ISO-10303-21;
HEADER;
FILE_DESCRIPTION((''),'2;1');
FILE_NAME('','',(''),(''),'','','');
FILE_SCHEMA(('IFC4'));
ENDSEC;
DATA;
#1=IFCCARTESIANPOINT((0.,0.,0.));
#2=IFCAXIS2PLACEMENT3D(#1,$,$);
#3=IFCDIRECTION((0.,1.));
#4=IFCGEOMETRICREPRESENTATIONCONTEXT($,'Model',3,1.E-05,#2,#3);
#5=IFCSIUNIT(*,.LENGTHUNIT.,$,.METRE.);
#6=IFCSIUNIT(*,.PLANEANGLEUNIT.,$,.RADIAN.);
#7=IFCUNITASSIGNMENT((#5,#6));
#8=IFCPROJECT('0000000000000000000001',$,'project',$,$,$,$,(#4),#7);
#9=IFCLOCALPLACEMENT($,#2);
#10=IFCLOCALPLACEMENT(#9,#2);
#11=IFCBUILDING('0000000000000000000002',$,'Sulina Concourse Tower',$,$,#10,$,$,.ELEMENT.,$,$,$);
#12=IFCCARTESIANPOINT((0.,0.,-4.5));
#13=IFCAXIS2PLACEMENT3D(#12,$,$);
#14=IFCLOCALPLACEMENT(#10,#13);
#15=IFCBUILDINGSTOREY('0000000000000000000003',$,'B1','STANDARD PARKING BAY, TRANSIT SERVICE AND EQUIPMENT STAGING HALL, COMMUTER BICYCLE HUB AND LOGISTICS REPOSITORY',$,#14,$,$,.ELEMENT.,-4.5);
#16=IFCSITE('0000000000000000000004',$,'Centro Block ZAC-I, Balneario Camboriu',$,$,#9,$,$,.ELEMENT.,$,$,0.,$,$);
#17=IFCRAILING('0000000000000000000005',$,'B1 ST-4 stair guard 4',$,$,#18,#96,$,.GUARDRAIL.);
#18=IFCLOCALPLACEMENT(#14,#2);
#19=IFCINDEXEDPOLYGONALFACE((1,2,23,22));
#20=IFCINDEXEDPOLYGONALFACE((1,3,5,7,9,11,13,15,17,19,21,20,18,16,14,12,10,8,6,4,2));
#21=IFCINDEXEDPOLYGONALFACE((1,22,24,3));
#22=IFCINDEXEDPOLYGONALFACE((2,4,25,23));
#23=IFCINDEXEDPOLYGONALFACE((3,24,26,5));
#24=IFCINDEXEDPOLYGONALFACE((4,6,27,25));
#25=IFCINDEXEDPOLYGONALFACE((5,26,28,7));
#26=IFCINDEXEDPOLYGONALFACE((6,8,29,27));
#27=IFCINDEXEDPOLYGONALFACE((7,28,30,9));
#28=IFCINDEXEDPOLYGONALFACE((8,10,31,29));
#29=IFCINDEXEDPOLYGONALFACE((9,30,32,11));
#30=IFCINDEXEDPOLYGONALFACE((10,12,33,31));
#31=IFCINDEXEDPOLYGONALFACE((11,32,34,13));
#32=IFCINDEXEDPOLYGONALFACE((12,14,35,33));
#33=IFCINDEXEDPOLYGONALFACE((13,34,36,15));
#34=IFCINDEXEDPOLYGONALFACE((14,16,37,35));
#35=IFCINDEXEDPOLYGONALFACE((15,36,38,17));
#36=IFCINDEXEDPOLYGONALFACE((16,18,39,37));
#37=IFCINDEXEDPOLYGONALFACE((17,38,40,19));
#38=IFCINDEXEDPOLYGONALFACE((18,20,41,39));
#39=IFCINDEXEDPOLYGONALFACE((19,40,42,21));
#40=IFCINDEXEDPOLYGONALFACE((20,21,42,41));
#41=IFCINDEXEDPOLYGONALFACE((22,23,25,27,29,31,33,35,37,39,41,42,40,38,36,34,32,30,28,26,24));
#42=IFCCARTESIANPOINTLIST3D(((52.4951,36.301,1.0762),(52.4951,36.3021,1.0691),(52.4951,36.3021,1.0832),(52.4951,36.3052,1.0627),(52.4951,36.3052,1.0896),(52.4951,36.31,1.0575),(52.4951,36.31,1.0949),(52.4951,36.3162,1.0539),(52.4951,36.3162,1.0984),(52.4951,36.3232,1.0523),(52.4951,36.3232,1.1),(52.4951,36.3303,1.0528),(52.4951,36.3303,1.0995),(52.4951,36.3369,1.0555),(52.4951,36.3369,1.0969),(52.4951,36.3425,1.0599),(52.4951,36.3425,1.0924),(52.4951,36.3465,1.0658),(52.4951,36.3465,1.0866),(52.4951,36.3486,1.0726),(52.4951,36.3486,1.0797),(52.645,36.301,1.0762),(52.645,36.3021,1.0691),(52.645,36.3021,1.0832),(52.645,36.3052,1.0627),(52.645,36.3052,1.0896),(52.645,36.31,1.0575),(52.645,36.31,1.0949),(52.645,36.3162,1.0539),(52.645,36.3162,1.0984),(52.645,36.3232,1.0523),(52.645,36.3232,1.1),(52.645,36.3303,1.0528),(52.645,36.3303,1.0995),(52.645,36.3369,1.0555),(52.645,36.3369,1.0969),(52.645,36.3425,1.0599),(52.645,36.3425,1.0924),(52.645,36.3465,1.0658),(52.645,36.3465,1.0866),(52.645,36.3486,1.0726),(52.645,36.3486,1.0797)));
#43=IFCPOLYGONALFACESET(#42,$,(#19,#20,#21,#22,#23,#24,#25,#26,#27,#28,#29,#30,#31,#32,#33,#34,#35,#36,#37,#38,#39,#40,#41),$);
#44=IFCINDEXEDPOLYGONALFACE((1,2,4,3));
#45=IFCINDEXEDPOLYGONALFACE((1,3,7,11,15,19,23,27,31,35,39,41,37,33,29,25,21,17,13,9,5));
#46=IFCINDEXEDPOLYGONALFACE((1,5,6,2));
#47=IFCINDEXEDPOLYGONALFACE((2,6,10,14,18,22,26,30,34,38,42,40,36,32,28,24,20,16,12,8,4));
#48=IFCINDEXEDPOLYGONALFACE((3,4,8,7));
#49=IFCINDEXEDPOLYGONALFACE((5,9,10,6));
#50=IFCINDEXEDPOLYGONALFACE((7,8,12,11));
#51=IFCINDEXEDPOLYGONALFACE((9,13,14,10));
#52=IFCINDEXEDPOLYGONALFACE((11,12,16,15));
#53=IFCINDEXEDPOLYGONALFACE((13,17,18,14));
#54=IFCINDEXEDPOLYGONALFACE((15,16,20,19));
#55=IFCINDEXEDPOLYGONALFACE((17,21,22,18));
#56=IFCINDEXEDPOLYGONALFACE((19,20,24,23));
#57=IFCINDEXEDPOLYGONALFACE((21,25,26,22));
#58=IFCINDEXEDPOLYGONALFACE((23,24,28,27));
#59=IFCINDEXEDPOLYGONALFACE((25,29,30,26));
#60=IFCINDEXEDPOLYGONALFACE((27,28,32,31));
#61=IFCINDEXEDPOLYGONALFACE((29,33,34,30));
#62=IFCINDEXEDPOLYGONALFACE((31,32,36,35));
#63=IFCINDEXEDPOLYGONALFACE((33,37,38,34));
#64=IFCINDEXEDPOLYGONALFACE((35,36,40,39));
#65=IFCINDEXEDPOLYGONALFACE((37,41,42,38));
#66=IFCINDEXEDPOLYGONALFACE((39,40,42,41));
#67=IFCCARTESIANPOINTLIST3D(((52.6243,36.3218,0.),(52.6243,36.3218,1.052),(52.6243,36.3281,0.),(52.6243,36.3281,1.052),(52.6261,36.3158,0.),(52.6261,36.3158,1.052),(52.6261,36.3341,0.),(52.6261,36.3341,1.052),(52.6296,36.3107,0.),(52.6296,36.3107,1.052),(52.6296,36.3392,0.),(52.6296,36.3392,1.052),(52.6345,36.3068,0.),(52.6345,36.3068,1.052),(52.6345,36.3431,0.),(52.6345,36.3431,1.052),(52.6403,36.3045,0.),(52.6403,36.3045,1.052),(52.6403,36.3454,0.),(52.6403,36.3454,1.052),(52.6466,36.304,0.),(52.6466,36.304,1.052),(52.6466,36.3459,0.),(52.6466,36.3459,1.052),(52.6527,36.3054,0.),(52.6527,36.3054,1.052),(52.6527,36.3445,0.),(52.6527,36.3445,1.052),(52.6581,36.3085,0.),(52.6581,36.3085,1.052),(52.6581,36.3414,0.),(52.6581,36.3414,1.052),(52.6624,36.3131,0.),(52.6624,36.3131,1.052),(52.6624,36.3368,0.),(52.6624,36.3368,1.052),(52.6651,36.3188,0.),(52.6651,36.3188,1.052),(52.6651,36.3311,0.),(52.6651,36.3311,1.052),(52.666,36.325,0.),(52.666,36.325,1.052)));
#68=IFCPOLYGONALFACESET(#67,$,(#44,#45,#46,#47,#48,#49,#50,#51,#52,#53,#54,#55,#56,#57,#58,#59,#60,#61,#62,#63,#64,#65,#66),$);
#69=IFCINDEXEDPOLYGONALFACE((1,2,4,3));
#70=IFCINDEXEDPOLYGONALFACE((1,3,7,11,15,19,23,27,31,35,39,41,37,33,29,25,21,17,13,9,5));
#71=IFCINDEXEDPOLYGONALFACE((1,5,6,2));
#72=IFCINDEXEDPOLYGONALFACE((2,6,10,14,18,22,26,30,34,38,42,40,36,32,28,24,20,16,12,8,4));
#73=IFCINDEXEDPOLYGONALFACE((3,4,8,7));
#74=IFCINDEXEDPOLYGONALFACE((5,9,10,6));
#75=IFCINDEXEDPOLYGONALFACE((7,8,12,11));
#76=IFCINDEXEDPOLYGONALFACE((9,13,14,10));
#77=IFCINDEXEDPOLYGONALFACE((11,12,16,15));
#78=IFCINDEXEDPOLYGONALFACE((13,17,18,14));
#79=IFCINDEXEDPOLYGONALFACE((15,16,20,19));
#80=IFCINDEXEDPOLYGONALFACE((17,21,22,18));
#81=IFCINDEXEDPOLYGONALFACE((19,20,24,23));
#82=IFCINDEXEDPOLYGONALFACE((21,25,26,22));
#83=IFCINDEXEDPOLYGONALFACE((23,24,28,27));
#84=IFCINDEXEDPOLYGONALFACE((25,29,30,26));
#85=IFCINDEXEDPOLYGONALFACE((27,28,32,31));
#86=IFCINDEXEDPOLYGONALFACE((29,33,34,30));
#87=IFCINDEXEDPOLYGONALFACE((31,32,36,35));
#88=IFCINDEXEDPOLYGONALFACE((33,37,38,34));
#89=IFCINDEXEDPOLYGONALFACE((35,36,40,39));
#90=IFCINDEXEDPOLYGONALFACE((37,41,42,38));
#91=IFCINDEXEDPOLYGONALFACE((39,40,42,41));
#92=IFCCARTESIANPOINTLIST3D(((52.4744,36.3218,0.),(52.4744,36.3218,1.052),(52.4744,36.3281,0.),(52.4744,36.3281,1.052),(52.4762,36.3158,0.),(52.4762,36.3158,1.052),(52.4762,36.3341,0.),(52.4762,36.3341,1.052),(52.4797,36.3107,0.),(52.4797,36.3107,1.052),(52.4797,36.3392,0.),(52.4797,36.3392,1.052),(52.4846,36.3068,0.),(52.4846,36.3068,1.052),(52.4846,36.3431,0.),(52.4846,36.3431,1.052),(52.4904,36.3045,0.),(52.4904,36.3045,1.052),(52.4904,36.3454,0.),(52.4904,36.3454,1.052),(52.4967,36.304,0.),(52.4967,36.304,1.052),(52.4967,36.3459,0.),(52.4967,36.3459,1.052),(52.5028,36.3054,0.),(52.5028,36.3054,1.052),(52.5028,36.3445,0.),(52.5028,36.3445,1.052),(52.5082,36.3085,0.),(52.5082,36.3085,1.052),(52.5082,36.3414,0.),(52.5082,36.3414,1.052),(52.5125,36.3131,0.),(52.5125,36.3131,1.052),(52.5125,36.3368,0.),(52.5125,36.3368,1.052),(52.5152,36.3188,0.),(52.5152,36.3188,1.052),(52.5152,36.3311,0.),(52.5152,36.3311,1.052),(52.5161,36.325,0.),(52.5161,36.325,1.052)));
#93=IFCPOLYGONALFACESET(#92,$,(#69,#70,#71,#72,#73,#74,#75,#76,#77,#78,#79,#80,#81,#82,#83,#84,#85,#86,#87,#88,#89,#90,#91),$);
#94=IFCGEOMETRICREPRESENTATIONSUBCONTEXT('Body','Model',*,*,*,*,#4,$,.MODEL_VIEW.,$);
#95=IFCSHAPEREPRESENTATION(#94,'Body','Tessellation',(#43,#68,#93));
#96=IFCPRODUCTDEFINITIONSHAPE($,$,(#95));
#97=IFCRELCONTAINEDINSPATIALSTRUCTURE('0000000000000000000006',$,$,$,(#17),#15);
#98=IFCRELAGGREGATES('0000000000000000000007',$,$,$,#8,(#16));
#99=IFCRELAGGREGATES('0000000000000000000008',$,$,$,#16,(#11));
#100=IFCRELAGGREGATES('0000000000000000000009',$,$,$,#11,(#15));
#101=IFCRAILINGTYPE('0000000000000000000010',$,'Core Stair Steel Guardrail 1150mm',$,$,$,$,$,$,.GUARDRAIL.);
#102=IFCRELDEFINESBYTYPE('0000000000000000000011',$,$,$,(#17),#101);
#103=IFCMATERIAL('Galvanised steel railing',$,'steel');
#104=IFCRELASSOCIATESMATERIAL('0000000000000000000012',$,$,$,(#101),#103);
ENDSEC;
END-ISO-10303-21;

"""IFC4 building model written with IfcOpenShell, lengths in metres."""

from ifc_helpers import new_model, si_unit, direction, frame, origin, origin_2d, place, context, subcontext, project, spatial, circle, extrude, material, type_object, element, save


model = new_model("IFC4")

# Units and contexts
model_context = context("Model", 3, precision=1e-05, world=origin(), true_north=direction((0.0, 1.0)))
body_context = subcontext(model_context, "Body", "Model", "MODEL_VIEW")
ifc_project = project(units=[si_unit("LENGTHUNIT", "METRE"), si_unit("PLANEANGLEUNIT", "RADIAN")], contexts=[model_context])

# Site, building, storey
site_placement = place(None, origin())
site = spatial("IfcSite", under=ifc_project, at=site_placement, Name="Centro Block ZAC-I, Balneario Camboriu", CompositionType="ELEMENT", RefElevation=0.0)
building_placement = place(site_placement, origin())
building = spatial("IfcBuilding", under=site, at=building_placement, Name="Sulina Concourse Tower", CompositionType="ELEMENT")
storey_placement = place(building_placement, frame((0.0, 0.0, -4.5)))
storey = spatial("IfcBuildingStorey", under=building, at=storey_placement, Name="B1", Description="STANDARD PARKING BAY, TRANSIT SERVICE AND EQUIPMENT STAGING HALL, COMMUTER BICYCLE HUB AND LOGISTICS REPOSITORY", CompositionType="ELEMENT", Elevation=-4.5)

# Railing
ifc_material_1 = material(Name="Galvanised steel railing", Category="steel")
railing_type_1 = type_object("IfcRailingType", Name="Core Stair Steel Guardrail 1150mm", PredefinedType="GUARDRAIL", material=ifc_material_1)
railing_1_placement = place(storey_placement, frame((52.645, 36.325, 0.0)))
element("IfcRailing", 1, at=railing_1_placement, inside=storey, type_object=railing_type_1, Name="B1 ST-4 stair guard 4", PredefinedType="GUARDRAIL", context=body_context, shape_type="SweptSolid", body=[
    extrude(circle(Radius=0.0239, at=origin_2d()), frame((0.0, 0.0, 1.0762), z_axis=(-1.0, 0.0, 0.0), x_axis=(0.0, -1.0, 0.0)), (0.0, 0.0, 1.0), 0.1499),
    extrude(circle(Radius=0.021, at=origin_2d()), origin(), (0.0, 0.0, 1.0), 1.052),
    extrude(circle(Radius=0.021, at=origin_2d()), frame((-0.1499, 0.0, 0.0)), (0.0, 0.0, 1.0), 1.052),
])

save(model, "model.ifc")
